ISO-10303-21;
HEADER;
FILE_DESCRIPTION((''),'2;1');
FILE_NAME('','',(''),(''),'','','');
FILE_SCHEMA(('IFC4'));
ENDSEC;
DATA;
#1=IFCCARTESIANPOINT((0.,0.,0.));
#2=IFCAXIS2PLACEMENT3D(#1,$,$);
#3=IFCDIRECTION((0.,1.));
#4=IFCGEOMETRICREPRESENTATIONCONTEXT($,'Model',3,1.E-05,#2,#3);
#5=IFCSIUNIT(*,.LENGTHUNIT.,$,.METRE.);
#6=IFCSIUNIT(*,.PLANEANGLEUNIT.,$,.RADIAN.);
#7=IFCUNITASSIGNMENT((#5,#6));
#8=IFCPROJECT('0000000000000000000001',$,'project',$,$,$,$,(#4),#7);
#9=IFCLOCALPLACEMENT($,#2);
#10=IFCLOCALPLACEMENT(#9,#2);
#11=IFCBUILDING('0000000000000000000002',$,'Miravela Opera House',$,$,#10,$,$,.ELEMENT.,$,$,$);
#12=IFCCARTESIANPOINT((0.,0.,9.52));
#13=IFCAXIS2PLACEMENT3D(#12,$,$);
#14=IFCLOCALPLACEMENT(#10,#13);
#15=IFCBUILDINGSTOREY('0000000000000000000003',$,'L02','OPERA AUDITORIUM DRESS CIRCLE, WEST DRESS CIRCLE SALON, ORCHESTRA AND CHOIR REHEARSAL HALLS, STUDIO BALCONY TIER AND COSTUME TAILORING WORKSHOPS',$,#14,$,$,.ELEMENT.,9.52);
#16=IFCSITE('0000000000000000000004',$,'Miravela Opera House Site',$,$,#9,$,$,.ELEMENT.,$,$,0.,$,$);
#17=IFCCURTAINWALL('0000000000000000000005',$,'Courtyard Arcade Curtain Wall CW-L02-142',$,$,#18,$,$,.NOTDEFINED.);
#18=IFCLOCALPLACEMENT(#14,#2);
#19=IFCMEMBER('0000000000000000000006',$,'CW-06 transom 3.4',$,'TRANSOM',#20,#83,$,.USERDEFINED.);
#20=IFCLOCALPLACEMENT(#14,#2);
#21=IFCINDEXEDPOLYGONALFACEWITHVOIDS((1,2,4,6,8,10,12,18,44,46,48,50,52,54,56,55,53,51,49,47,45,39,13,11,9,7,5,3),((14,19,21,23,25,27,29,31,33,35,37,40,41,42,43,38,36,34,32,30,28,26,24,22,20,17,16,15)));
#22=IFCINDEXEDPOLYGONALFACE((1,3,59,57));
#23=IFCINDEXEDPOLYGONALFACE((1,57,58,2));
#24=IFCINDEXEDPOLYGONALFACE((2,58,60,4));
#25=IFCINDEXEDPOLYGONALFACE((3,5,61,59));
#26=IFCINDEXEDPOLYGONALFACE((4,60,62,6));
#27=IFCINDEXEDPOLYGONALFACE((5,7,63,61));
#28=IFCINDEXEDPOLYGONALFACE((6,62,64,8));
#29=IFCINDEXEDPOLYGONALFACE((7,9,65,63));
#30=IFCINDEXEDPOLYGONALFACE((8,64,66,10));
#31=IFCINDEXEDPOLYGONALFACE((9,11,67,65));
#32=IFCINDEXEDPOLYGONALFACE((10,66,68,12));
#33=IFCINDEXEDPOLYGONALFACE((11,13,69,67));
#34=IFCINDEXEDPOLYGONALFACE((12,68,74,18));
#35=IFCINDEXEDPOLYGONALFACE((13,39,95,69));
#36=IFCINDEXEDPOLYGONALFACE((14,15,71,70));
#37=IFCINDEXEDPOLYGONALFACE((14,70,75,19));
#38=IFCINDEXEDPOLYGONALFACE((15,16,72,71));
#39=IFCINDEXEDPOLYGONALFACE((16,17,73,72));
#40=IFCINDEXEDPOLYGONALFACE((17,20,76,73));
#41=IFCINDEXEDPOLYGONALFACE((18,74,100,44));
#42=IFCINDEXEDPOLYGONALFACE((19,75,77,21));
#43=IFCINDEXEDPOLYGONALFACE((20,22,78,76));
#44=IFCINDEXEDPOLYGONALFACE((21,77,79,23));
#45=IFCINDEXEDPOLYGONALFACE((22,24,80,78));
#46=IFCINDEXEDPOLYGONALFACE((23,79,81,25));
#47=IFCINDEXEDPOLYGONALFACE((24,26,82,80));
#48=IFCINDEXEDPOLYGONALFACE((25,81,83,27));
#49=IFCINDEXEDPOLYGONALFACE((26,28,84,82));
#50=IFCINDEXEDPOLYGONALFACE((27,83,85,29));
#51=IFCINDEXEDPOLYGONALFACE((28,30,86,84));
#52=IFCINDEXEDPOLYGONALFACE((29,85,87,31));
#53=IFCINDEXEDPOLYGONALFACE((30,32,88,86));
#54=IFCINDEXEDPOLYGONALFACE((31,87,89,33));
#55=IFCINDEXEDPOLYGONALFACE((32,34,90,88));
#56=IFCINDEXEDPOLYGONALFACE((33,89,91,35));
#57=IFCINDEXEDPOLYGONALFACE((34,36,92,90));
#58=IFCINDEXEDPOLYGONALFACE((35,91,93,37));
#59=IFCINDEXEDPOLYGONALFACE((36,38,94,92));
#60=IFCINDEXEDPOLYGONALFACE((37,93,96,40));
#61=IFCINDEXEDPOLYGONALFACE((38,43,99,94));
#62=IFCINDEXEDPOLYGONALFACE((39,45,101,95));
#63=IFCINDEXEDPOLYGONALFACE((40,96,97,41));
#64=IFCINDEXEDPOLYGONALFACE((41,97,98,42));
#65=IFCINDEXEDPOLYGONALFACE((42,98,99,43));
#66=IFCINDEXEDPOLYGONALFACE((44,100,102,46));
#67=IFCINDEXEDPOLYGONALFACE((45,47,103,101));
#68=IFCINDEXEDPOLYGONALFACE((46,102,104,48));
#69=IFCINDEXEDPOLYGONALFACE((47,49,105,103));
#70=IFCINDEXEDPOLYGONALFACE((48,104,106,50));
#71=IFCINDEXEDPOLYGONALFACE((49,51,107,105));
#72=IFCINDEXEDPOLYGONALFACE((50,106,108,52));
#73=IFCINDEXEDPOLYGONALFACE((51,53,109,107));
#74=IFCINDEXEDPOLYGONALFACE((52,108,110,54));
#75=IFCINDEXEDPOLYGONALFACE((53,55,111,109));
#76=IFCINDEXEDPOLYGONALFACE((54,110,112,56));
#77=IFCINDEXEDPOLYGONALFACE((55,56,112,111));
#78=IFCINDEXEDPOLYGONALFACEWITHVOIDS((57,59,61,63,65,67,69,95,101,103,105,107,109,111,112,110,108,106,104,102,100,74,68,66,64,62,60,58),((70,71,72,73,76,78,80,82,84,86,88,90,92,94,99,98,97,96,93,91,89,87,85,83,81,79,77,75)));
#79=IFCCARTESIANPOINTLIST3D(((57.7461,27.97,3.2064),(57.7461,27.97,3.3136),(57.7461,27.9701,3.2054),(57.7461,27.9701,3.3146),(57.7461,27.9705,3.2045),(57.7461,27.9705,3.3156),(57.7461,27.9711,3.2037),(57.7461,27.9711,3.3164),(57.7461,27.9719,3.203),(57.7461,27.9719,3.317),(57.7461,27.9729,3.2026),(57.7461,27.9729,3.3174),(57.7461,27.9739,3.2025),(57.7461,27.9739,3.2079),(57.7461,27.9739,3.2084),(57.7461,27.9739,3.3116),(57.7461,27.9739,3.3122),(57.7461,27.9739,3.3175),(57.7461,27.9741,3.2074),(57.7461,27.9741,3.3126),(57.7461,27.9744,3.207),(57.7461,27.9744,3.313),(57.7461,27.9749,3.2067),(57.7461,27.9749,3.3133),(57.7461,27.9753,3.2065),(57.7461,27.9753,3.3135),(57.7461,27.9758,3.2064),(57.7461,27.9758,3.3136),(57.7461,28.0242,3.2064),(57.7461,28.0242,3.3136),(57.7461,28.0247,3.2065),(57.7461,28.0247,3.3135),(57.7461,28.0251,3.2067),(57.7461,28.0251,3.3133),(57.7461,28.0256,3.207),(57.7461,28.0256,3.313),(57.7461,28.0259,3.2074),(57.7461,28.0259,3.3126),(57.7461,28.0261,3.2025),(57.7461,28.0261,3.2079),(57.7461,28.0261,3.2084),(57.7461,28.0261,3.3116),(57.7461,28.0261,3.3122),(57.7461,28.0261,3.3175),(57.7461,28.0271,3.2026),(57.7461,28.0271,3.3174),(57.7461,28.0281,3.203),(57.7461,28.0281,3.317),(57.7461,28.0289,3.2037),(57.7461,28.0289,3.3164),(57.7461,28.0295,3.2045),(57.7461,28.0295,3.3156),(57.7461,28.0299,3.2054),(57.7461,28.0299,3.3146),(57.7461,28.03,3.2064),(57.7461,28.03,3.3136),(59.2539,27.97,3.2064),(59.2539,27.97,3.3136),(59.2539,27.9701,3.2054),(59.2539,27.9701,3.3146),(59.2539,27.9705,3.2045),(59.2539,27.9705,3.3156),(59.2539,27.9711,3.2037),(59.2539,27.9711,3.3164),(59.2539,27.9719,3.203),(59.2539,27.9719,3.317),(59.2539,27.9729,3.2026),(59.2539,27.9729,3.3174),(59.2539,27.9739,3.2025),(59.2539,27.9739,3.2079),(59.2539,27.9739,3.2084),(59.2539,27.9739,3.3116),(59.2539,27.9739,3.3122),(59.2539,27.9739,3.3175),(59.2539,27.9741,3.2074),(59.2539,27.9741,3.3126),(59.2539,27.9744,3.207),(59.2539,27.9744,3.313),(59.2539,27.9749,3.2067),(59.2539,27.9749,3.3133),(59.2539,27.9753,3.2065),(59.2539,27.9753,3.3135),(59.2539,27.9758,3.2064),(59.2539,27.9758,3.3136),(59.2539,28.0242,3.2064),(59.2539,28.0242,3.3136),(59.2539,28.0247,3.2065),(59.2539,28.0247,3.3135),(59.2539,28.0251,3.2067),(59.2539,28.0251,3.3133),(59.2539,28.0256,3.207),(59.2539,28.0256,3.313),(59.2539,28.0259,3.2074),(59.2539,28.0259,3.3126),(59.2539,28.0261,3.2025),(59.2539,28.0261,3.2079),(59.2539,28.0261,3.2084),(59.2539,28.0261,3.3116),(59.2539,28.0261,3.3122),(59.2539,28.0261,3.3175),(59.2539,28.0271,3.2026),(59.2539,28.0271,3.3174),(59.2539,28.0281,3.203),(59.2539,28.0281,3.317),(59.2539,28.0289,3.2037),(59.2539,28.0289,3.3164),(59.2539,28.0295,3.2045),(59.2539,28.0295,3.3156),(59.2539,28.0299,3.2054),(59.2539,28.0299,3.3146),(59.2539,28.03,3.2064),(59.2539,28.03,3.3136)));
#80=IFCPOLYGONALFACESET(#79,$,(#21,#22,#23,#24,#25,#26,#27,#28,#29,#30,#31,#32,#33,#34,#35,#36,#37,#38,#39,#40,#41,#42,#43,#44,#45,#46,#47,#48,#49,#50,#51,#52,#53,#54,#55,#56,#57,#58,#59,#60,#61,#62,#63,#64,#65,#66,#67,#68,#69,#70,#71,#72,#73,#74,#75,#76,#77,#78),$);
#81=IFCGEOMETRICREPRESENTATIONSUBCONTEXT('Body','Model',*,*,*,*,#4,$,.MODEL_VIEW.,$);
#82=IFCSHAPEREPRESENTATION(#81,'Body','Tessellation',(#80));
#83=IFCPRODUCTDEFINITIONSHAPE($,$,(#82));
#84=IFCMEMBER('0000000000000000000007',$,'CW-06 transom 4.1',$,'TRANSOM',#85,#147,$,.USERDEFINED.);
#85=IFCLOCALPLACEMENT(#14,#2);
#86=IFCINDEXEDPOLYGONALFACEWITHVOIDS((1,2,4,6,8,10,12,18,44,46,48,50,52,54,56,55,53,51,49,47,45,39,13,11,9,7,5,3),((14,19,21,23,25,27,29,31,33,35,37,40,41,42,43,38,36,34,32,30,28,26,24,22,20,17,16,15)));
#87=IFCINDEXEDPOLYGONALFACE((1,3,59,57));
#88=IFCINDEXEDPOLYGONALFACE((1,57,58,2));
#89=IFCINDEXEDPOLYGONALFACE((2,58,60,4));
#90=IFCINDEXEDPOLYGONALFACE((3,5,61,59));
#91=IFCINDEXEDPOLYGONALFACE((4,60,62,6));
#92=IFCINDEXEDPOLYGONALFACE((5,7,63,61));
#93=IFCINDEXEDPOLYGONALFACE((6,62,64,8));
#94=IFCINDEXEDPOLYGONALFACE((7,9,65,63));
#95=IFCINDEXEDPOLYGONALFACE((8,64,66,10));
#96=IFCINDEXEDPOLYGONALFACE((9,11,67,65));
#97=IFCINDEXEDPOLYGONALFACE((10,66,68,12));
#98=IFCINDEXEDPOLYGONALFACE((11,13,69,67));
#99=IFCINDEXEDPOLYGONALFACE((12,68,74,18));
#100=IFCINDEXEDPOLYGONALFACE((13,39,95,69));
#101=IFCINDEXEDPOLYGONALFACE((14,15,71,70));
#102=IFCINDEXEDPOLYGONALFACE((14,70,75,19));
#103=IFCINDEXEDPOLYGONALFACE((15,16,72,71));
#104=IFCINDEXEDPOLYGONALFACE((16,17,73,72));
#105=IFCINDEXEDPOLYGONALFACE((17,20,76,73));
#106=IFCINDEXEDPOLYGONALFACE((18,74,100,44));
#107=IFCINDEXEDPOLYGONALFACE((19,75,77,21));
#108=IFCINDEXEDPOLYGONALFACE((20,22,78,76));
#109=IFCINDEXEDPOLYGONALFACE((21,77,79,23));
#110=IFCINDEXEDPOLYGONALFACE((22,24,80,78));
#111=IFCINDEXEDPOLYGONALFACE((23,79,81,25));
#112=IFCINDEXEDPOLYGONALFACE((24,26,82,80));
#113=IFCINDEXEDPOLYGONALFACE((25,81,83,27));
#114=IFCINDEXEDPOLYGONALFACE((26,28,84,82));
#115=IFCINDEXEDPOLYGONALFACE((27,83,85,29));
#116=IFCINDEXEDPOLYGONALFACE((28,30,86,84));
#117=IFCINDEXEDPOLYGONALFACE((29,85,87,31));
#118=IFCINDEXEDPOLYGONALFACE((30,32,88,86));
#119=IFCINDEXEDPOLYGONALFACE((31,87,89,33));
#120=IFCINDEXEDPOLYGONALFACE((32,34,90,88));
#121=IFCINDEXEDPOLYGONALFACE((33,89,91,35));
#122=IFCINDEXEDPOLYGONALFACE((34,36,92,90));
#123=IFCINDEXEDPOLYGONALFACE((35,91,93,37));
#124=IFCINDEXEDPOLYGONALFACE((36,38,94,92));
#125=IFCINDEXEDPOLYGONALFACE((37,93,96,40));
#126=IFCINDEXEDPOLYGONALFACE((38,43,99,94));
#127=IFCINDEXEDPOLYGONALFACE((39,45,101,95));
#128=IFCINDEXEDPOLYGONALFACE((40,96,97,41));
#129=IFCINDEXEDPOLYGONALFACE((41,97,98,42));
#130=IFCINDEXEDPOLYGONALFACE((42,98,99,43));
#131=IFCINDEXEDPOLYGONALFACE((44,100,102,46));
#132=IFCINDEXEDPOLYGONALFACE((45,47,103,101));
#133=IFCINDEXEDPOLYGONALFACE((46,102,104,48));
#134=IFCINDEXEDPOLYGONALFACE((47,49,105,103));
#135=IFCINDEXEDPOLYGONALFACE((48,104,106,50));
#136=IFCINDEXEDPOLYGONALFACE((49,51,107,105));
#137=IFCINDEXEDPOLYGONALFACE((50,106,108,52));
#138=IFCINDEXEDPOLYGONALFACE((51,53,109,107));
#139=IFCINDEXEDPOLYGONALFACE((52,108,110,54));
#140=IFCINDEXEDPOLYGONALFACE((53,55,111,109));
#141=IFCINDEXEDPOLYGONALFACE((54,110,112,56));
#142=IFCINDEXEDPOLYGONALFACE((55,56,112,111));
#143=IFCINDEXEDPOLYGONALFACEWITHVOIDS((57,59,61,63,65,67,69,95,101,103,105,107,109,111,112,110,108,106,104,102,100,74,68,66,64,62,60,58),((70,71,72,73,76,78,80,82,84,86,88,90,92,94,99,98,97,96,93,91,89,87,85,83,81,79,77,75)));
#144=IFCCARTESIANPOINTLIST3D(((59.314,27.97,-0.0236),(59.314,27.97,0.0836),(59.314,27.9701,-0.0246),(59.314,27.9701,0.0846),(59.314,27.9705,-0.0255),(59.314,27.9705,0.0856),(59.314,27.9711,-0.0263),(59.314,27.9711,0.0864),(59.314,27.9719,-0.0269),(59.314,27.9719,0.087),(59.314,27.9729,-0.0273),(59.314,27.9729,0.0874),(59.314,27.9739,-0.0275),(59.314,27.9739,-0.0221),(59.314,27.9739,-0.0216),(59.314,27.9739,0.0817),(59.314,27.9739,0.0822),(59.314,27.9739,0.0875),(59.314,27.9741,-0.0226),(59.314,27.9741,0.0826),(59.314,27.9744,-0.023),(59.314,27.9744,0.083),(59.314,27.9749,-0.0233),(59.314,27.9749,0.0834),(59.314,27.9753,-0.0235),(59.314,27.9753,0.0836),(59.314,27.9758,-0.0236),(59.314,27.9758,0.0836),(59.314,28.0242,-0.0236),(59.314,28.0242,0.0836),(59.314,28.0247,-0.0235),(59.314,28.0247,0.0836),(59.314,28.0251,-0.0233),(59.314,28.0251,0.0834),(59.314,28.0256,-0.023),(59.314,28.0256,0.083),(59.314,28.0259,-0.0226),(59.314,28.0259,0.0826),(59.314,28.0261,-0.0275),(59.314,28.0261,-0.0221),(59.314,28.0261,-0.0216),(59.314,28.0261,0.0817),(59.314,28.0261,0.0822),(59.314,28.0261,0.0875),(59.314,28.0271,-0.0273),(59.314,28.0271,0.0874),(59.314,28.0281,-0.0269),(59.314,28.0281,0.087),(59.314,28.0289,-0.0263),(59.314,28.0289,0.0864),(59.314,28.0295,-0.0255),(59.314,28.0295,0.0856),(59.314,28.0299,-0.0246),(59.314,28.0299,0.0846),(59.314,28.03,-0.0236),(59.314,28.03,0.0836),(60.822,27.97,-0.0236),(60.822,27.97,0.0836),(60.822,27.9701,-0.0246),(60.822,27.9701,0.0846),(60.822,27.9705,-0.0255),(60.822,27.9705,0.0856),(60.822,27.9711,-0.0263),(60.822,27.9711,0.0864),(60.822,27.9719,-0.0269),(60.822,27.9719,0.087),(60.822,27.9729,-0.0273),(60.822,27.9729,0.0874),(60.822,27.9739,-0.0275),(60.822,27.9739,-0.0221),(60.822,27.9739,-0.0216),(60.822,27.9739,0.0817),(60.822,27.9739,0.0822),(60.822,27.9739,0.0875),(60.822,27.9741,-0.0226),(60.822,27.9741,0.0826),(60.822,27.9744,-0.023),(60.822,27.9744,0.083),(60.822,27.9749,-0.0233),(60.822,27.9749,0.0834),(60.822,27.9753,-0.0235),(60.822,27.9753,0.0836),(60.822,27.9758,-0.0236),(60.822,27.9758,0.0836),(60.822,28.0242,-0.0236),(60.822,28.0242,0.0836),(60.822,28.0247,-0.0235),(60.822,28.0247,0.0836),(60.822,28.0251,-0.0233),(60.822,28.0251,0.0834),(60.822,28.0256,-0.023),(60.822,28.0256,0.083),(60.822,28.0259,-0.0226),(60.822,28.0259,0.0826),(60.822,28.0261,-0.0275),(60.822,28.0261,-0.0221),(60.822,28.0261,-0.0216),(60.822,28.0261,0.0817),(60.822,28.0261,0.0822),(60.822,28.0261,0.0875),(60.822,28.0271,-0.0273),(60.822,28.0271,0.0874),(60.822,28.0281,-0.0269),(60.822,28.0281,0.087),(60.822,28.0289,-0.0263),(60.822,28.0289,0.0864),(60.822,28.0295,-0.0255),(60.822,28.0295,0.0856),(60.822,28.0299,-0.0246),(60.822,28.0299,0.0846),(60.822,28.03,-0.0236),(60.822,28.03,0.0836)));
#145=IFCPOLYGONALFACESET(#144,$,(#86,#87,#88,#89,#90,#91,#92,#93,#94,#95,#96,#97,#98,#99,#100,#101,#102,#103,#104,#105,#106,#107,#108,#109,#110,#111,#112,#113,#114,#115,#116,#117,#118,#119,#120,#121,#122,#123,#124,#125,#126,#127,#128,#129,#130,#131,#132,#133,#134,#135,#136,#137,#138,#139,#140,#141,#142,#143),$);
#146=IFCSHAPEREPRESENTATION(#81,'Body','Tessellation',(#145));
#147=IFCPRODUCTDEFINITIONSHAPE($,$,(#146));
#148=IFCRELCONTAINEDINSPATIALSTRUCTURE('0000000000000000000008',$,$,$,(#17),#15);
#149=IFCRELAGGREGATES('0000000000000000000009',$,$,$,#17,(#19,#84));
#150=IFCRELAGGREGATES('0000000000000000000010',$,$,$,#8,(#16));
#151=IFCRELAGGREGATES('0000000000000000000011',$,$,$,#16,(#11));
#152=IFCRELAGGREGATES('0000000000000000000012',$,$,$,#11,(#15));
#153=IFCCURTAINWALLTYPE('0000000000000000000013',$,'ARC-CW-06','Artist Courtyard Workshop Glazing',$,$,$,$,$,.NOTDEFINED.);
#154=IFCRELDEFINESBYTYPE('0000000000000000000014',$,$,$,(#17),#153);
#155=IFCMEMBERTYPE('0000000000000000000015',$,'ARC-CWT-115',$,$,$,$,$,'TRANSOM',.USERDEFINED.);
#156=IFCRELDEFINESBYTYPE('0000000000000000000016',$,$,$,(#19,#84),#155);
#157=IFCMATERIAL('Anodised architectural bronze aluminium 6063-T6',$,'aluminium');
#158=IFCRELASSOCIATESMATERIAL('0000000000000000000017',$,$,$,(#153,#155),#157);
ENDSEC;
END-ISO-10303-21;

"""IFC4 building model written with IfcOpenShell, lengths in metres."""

from ifc_helpers import new_model, si_unit, direction, frame, origin, origin_2d, place, context, subcontext, project, spatial, hollow_rectangle, extrude, material, material_profile, profile_set, type_object, element, aggregate, save


model = new_model("IFC4")

# Units and contexts
model_context = context("Model", 3, precision=1e-05, world=origin(), true_north=direction((0.0, 1.0)))
body_context = subcontext(model_context, "Body", "Model", "MODEL_VIEW")
ifc_project = project(units=[si_unit("LENGTHUNIT", "METRE"), si_unit("PLANEANGLEUNIT", "RADIAN")], contexts=[model_context])

# Site, building, storey
site_placement = place(None, origin())
site = spatial("IfcSite", under=ifc_project, at=site_placement, Name="Miravela Opera House Site", CompositionType="ELEMENT", RefElevation=0.0)
building_placement = place(site_placement, origin())
building = spatial("IfcBuilding", under=site, at=building_placement, Name="Miravela Opera House", CompositionType="ELEMENT")
storey_placement = place(building_placement, frame((0.0, 0.0, 9.52)))
storey = spatial("IfcBuildingStorey", under=building, at=storey_placement, Name="L02", Description="OPERA AUDITORIUM DRESS CIRCLE, WEST DRESS CIRCLE SALON, ORCHESTRA AND CHOIR REHEARSAL HALLS, STUDIO BALCONY TIER AND COSTUME TAILORING WORKSHOPS", CompositionType="ELEMENT", Elevation=9.52)

# Curtain wall, members
ifc_material_1 = material(Name="Anodised architectural bronze aluminium 6063-T6", Category="aluminium")
curtain_wall_type = type_object("IfcCurtainWallType", Name="ARC-CW-06", Description="Artist Courtyard Workshop Glazing", PredefinedType="NOTDEFINED", material=ifc_material_1)
curtain_wall_placement = place(storey_placement, origin())
curtain_wall = element("IfcCurtainWall", 1, at=curtain_wall_placement, inside=storey, type_object=curtain_wall_type, Name="Courtyard Arcade Curtain Wall CW-L02-142", PredefinedType="NOTDEFINED")
ifc_material_profile_1 = material_profile(ifc_material_1, hollow_rectangle(XDim=0.0601, YDim=0.115, WallThickness=0.0039, InnerFilletRadius=0.002, OuterFilletRadius=0.0039, at=origin_2d()), Name="CWT-60X115")
ifc_profile_set_1 = profile_set([ifc_material_profile_1])
member_type_1 = type_object("IfcMemberType", Name="ARC-CWT-115", ElementType="TRANSOM", PredefinedType="USERDEFINED", material=ifc_profile_set_1)
member_1_placement = place(storey_placement, frame((57.7461, 28.0, 3.26), z_axis=(1.0, 0.0, 0.0), x_axis=(0.0, 1.0, 0.0)))
member_1 = element("IfcMember", 2, at=member_1_placement, type_object=member_type_1, Name="CW-06 transom 3.4", ObjectType="TRANSOM", PredefinedType="USERDEFINED", context=body_context, shape_type="SweptSolid", body=[
    extrude(hollow_rectangle(XDim=0.0601, YDim=0.115, WallThickness=0.0039, InnerFilletRadius=0.002, OuterFilletRadius=0.0039, at=origin_2d()), origin(), (0.0, 0.0, 1.0), 1.5078),
])
member_2_placement = place(storey_placement, frame((59.314, 28.0, 0.03), z_axis=(1.0, 0.0, 0.0), x_axis=(0.0, 1.0, 0.0)))
member_2 = element("IfcMember", 3, at=member_2_placement, type_object=member_type_1, Name="CW-06 transom 4.1", ObjectType="TRANSOM", PredefinedType="USERDEFINED", context=body_context, shape_type="SweptSolid", body=[
    extrude(hollow_rectangle(XDim=0.0601, YDim=0.115, WallThickness=0.0039, InnerFilletRadius=0.002, OuterFilletRadius=0.0039, at=origin_2d()), origin(), (0.0, 0.0, 1.0), 1.5081),
])
aggregate(curtain_wall, [member_1, member_2])

save(model, "model.ifc")
